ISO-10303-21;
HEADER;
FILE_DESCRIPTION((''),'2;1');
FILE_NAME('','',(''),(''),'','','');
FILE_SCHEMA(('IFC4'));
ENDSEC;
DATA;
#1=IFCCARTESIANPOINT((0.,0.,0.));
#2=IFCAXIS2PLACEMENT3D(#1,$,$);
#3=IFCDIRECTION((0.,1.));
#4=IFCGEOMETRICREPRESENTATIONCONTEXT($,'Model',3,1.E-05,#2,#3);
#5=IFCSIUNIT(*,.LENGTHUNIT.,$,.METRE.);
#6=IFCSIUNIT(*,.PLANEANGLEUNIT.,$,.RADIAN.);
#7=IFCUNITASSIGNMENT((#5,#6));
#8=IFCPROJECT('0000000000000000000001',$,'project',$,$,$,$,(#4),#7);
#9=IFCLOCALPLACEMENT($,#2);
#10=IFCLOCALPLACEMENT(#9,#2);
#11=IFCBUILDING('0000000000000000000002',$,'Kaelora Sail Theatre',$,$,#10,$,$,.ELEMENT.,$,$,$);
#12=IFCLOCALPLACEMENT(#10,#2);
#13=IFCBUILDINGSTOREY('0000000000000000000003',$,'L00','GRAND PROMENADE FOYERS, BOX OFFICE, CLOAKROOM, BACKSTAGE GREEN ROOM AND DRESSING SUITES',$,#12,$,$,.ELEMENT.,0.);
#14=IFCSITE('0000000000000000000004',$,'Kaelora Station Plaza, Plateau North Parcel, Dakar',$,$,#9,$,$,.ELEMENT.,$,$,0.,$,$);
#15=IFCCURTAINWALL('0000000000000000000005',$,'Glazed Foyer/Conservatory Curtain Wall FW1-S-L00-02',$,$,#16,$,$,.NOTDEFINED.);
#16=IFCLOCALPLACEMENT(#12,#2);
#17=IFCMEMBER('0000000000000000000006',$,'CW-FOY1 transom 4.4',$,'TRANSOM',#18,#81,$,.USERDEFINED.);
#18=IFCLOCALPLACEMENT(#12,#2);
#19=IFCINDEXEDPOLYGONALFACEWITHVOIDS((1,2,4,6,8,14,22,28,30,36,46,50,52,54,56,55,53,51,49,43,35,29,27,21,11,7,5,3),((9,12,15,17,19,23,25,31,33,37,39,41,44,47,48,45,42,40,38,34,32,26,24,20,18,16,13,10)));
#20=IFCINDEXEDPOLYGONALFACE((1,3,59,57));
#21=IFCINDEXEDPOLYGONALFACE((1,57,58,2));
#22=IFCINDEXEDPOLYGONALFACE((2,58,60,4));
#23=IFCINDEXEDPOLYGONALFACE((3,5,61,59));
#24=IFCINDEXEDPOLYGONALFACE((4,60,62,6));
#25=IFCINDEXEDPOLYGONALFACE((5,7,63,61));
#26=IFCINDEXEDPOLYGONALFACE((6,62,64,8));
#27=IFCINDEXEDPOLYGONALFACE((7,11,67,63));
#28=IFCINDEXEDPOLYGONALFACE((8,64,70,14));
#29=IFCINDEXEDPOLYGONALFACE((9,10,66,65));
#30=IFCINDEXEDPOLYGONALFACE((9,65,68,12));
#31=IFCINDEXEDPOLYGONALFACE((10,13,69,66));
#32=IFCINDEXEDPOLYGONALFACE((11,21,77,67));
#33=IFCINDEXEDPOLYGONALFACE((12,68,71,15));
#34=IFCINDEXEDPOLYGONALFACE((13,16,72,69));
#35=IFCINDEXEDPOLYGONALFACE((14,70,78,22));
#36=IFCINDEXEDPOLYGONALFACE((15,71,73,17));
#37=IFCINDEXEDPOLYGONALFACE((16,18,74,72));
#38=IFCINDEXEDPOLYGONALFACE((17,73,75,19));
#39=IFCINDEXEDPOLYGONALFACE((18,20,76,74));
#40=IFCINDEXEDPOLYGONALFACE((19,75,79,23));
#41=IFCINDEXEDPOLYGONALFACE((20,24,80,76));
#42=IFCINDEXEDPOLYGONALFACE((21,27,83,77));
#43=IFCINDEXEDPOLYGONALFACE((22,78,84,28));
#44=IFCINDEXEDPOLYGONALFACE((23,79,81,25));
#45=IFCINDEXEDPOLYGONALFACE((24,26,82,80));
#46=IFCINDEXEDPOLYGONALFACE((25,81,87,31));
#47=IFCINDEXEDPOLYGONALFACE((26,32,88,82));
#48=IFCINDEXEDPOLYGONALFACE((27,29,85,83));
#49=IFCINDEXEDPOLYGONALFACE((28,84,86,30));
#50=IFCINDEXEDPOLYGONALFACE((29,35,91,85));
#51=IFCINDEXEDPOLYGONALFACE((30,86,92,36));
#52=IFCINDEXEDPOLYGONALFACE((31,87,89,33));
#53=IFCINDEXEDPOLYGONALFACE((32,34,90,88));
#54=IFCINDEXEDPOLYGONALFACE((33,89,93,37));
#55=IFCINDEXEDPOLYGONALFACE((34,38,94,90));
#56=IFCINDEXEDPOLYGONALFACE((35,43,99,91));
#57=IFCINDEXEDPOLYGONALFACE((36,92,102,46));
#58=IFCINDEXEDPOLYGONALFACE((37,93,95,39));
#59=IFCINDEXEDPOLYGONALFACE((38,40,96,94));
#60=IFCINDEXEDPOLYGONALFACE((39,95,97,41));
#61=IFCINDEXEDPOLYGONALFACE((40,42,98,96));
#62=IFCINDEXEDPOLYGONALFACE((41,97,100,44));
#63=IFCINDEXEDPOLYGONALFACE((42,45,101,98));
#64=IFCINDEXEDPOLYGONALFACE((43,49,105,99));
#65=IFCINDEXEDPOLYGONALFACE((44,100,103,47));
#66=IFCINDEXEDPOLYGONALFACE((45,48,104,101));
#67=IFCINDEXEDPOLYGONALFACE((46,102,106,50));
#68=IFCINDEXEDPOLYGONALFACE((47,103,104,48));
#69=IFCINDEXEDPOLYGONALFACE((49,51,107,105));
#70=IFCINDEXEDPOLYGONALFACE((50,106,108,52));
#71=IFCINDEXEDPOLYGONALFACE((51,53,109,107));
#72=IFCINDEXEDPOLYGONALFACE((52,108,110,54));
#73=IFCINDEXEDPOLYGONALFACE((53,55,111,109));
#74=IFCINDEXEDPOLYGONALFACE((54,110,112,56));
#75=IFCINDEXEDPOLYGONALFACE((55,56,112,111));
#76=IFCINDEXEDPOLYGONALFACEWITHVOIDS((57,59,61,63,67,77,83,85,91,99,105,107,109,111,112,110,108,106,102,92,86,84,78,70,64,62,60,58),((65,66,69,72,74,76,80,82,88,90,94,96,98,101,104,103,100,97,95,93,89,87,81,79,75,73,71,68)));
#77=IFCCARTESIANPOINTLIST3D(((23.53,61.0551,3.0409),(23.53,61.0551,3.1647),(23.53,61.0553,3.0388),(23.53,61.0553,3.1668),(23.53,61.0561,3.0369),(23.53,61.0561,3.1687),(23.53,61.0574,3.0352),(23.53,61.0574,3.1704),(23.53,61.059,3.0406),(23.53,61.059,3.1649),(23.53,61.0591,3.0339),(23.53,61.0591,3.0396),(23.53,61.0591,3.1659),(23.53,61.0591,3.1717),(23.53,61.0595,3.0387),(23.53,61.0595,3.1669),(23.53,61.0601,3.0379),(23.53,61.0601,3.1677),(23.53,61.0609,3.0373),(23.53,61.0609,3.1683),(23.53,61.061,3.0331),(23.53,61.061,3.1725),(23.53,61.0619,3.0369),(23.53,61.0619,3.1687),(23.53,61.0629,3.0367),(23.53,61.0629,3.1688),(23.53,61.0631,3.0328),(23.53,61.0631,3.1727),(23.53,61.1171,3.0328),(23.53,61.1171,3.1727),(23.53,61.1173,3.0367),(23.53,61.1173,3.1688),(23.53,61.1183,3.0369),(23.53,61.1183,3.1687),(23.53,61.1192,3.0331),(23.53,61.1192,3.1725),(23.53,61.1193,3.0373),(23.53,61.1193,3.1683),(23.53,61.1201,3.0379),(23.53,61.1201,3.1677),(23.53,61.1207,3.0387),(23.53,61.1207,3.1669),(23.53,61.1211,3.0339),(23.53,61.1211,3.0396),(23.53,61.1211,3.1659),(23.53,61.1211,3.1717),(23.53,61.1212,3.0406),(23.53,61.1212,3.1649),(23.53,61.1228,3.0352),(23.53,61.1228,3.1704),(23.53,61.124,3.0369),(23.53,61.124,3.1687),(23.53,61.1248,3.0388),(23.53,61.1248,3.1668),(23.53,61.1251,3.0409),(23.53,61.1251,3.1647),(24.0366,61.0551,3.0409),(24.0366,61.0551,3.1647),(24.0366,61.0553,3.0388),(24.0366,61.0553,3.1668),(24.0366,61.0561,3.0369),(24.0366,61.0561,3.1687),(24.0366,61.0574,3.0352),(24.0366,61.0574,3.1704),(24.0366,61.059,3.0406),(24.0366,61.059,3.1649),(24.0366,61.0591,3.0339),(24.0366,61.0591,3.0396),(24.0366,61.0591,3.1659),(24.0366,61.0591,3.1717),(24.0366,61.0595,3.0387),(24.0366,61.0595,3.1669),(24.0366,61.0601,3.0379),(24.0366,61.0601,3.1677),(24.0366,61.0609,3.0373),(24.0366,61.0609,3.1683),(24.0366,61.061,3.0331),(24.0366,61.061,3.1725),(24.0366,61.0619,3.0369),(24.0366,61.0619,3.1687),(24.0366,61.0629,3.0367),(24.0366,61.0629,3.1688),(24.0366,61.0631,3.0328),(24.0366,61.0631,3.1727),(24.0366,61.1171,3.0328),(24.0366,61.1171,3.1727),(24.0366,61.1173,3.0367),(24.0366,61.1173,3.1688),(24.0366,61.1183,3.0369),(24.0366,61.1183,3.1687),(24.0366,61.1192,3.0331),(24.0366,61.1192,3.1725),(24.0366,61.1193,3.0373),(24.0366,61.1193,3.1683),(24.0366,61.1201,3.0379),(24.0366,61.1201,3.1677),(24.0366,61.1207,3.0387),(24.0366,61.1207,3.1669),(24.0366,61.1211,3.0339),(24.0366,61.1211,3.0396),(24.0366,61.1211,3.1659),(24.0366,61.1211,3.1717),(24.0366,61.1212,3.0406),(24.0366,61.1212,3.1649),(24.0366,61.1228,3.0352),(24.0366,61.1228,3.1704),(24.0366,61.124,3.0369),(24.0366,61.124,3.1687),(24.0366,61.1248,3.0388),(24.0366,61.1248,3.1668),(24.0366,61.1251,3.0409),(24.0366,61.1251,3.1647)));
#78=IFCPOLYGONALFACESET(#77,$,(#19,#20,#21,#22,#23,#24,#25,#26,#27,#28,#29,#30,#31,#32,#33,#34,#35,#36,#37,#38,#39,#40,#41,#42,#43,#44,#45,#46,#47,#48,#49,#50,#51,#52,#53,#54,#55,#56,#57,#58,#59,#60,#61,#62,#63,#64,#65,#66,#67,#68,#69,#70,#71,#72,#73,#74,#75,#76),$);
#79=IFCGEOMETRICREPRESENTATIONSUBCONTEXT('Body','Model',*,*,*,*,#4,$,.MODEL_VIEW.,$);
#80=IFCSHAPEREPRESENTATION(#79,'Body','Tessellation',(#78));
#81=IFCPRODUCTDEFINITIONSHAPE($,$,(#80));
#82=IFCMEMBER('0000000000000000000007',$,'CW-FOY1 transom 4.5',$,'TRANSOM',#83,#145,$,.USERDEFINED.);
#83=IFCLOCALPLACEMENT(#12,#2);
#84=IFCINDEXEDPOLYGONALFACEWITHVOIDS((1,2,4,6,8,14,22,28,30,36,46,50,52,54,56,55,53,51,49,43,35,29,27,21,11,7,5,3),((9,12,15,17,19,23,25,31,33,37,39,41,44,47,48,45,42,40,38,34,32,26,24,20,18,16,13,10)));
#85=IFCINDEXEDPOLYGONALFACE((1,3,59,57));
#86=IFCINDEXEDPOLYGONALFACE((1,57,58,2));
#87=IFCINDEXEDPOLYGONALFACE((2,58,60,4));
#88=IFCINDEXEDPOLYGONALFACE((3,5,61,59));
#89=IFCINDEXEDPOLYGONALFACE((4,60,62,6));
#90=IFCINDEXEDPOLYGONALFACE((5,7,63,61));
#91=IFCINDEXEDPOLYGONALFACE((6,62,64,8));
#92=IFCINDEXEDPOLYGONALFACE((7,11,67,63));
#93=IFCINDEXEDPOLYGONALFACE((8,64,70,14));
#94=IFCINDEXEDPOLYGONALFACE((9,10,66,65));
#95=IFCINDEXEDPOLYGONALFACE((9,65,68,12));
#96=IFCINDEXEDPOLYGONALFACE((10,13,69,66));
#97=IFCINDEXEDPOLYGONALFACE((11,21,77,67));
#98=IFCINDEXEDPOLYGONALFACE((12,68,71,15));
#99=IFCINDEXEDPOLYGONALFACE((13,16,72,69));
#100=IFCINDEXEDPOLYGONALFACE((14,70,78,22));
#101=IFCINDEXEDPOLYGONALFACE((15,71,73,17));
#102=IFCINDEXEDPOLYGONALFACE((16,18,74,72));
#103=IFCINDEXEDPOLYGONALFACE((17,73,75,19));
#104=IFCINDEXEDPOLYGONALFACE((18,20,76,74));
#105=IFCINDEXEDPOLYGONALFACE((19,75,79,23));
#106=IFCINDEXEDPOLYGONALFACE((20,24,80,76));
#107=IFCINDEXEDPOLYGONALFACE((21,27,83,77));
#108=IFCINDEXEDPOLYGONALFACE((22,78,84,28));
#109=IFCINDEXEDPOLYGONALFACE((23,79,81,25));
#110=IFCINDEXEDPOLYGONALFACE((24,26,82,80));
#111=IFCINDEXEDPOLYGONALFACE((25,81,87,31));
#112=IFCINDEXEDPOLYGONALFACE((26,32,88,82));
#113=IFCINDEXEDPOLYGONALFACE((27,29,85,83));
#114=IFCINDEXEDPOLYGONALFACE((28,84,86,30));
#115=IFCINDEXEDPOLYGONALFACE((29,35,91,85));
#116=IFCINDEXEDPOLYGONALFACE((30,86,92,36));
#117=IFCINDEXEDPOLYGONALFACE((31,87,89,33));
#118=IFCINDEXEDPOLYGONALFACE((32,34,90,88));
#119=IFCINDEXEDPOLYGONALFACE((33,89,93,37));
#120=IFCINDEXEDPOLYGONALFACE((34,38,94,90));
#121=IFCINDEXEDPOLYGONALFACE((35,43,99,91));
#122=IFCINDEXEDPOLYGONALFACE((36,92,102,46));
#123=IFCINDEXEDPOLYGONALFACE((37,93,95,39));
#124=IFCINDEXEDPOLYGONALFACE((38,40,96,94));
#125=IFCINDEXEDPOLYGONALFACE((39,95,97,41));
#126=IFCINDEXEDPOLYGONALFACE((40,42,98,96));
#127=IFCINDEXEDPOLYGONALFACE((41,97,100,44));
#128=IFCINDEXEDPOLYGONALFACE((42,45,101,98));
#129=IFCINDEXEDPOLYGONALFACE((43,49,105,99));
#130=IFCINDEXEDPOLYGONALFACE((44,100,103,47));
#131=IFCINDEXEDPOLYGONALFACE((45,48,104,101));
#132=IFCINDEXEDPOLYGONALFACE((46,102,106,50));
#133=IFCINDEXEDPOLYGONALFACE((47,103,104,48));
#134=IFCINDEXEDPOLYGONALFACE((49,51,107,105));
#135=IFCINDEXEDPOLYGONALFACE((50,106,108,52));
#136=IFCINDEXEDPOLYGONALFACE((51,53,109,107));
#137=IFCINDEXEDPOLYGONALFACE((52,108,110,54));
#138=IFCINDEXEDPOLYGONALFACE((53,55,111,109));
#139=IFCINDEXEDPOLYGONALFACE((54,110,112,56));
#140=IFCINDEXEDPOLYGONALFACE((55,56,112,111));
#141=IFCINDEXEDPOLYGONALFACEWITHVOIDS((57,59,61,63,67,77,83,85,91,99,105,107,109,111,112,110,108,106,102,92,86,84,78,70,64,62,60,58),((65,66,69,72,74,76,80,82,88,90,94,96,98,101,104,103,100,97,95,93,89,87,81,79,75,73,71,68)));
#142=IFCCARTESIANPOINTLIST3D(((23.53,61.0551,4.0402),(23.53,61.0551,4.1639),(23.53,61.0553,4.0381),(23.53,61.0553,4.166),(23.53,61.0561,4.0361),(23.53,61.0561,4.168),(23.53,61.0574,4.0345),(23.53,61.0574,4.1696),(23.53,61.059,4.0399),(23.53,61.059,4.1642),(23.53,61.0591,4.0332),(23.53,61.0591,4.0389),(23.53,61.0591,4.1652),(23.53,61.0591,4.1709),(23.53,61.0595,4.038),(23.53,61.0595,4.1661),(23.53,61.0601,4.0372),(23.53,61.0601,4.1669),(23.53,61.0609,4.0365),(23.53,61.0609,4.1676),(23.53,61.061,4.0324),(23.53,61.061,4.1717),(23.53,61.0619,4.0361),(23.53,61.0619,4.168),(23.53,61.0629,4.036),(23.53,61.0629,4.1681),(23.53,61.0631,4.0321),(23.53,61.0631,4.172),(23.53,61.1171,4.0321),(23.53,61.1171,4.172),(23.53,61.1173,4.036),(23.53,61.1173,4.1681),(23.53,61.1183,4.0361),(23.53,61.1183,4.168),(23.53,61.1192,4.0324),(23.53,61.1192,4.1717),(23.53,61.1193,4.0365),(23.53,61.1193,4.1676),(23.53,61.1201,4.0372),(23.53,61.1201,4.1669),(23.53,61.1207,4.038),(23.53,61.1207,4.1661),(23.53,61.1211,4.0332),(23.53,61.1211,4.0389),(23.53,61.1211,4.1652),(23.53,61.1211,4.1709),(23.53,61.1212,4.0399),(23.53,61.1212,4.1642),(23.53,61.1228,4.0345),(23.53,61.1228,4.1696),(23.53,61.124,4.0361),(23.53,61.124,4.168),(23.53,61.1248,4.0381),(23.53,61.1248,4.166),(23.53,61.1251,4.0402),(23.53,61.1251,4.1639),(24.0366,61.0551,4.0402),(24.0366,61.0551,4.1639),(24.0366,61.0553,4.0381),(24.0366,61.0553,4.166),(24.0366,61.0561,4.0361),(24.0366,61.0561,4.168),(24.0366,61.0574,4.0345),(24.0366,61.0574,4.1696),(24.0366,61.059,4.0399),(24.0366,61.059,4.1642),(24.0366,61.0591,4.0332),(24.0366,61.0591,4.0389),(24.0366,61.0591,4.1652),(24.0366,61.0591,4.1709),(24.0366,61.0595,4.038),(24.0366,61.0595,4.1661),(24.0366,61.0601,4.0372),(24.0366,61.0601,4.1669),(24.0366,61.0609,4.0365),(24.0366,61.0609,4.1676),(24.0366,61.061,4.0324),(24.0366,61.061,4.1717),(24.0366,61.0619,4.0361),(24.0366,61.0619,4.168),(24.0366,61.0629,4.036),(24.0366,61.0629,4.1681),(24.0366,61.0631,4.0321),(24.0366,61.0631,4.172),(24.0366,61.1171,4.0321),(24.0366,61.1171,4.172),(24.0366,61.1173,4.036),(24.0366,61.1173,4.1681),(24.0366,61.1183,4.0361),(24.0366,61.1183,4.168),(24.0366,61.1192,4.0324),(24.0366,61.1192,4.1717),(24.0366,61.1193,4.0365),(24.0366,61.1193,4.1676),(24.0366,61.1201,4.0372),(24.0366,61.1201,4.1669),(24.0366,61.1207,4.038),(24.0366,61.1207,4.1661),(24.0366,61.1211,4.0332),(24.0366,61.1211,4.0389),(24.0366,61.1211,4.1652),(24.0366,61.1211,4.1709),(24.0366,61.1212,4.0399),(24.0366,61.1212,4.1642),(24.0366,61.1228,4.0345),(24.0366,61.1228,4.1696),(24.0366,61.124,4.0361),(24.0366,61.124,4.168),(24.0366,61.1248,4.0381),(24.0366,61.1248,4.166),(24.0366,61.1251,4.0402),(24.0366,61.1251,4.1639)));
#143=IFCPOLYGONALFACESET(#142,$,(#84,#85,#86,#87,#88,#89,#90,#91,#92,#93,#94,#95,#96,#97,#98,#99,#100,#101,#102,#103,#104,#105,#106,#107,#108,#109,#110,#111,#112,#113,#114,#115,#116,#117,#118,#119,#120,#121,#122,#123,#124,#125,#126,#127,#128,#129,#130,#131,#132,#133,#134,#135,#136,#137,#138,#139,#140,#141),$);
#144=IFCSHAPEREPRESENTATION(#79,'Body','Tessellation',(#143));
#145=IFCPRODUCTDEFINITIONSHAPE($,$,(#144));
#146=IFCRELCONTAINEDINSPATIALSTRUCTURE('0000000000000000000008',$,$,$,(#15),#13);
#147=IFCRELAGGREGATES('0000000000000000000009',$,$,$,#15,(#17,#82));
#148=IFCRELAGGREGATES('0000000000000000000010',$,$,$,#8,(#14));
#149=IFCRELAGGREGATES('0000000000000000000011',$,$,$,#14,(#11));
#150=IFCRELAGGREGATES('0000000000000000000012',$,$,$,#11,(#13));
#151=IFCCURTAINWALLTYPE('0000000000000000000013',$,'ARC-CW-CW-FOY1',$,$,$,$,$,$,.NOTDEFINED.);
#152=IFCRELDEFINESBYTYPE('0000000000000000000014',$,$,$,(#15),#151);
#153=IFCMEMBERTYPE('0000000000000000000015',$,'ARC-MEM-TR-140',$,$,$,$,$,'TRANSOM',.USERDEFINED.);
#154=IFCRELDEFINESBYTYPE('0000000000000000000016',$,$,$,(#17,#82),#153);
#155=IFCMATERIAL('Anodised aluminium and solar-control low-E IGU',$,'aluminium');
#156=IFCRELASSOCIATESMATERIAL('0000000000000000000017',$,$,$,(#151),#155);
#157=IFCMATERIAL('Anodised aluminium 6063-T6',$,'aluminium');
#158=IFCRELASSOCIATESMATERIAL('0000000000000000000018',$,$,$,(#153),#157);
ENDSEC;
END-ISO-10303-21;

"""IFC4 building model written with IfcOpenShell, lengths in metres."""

from ifc_helpers import new_model, si_unit, direction, frame, origin, origin_2d, place, context, subcontext, project, spatial, hollow_rectangle, extrude, material, material_profile, profile_set, type_object, element, aggregate, save


model = new_model("IFC4")

# Units and contexts
model_context = context("Model", 3, precision=1e-05, world=origin(), true_north=direction((0.0, 1.0)))
body_context = subcontext(model_context, "Body", "Model", "MODEL_VIEW")
ifc_project = project(units=[si_unit("LENGTHUNIT", "METRE"), si_unit("PLANEANGLEUNIT", "RADIAN")], contexts=[model_context])

# Site, building, storey
site_placement = place(None, origin())
site = spatial("IfcSite", under=ifc_project, at=site_placement, Name="Kaelora Station Plaza, Plateau North Parcel, Dakar", CompositionType="ELEMENT", RefElevation=0.0)
building_placement = place(site_placement, origin())
building = spatial("IfcBuilding", under=site, at=building_placement, Name="Kaelora Sail Theatre", CompositionType="ELEMENT")
storey_placement = place(building_placement, origin())
storey = spatial("IfcBuildingStorey", under=building, at=storey_placement, Name="L00", Description="GRAND PROMENADE FOYERS, BOX OFFICE, CLOAKROOM, BACKSTAGE GREEN ROOM AND DRESSING SUITES", CompositionType="ELEMENT", Elevation=0.0)

# Curtain wall, members
ifc_material_1 = material(Name="Anodised aluminium and solar-control low-E IGU", Category="aluminium")
curtain_wall_type = type_object("IfcCurtainWallType", Name="ARC-CW-CW-FOY1", PredefinedType="NOTDEFINED", material=ifc_material_1)
curtain_wall_placement = place(storey_placement, origin())
curtain_wall = element("IfcCurtainWall", 1, at=curtain_wall_placement, inside=storey, type_object=curtain_wall_type, Name="Glazed Foyer/Conservatory Curtain Wall FW1-S-L00-02", PredefinedType="NOTDEFINED")
ifc_material_2 = material(Name="Anodised aluminium 6063-T6", Category="aluminium")
ifc_material_profile = material_profile(ifc_material_2, hollow_rectangle(XDim=0.0701, YDim=0.1399, WallThickness=0.0039, InnerFilletRadius=0.0039, OuterFilletRadius=0.0081, at=origin_2d()), Name="ALU-TRAN 70x140x4")
ifc_profile_set = profile_set([ifc_material_profile], Name="Anodised aluminium 6063-T6")
member_type = type_object("IfcMemberType", Name="ARC-MEM-TR-140", ElementType="TRANSOM", PredefinedType="USERDEFINED", material=ifc_profile_set)
member_1_placement = place(storey_placement, frame((23.53, 61.0901, 3.1028), z_axis=(1.0, 0.0, 0.0), x_axis=(0.0, 1.0, 0.0)))
member_1 = element("IfcMember", 2, at=member_1_placement, type_object=member_type, Name="CW-FOY1 transom 4.4", ObjectType="TRANSOM", PredefinedType="USERDEFINED", context=body_context, shape_type="SweptSolid", body=[
    extrude(hollow_rectangle(XDim=0.0701, YDim=0.1399, WallThickness=0.0039, InnerFilletRadius=0.0039, OuterFilletRadius=0.0081, at=origin_2d()), origin(), (0.0, 0.0, 1.0), 0.5066),
])
member_2_placement = place(storey_placement, frame((23.53, 61.0901, 4.1021), z_axis=(1.0, 0.0, 0.0), x_axis=(0.0, 1.0, 0.0)))
member_2 = element("IfcMember", 3, at=member_2_placement, type_object=member_type, Name="CW-FOY1 transom 4.5", ObjectType="TRANSOM", PredefinedType="USERDEFINED", context=body_context, shape_type="SweptSolid", body=[
    extrude(hollow_rectangle(XDim=0.0701, YDim=0.1399, WallThickness=0.0039, InnerFilletRadius=0.0039, OuterFilletRadius=0.0081, at=origin_2d()), origin(), (0.0, 0.0, 1.0), 0.5066),
])
aggregate(curtain_wall, [member_1, member_2])

save(model, "model.ifc")
